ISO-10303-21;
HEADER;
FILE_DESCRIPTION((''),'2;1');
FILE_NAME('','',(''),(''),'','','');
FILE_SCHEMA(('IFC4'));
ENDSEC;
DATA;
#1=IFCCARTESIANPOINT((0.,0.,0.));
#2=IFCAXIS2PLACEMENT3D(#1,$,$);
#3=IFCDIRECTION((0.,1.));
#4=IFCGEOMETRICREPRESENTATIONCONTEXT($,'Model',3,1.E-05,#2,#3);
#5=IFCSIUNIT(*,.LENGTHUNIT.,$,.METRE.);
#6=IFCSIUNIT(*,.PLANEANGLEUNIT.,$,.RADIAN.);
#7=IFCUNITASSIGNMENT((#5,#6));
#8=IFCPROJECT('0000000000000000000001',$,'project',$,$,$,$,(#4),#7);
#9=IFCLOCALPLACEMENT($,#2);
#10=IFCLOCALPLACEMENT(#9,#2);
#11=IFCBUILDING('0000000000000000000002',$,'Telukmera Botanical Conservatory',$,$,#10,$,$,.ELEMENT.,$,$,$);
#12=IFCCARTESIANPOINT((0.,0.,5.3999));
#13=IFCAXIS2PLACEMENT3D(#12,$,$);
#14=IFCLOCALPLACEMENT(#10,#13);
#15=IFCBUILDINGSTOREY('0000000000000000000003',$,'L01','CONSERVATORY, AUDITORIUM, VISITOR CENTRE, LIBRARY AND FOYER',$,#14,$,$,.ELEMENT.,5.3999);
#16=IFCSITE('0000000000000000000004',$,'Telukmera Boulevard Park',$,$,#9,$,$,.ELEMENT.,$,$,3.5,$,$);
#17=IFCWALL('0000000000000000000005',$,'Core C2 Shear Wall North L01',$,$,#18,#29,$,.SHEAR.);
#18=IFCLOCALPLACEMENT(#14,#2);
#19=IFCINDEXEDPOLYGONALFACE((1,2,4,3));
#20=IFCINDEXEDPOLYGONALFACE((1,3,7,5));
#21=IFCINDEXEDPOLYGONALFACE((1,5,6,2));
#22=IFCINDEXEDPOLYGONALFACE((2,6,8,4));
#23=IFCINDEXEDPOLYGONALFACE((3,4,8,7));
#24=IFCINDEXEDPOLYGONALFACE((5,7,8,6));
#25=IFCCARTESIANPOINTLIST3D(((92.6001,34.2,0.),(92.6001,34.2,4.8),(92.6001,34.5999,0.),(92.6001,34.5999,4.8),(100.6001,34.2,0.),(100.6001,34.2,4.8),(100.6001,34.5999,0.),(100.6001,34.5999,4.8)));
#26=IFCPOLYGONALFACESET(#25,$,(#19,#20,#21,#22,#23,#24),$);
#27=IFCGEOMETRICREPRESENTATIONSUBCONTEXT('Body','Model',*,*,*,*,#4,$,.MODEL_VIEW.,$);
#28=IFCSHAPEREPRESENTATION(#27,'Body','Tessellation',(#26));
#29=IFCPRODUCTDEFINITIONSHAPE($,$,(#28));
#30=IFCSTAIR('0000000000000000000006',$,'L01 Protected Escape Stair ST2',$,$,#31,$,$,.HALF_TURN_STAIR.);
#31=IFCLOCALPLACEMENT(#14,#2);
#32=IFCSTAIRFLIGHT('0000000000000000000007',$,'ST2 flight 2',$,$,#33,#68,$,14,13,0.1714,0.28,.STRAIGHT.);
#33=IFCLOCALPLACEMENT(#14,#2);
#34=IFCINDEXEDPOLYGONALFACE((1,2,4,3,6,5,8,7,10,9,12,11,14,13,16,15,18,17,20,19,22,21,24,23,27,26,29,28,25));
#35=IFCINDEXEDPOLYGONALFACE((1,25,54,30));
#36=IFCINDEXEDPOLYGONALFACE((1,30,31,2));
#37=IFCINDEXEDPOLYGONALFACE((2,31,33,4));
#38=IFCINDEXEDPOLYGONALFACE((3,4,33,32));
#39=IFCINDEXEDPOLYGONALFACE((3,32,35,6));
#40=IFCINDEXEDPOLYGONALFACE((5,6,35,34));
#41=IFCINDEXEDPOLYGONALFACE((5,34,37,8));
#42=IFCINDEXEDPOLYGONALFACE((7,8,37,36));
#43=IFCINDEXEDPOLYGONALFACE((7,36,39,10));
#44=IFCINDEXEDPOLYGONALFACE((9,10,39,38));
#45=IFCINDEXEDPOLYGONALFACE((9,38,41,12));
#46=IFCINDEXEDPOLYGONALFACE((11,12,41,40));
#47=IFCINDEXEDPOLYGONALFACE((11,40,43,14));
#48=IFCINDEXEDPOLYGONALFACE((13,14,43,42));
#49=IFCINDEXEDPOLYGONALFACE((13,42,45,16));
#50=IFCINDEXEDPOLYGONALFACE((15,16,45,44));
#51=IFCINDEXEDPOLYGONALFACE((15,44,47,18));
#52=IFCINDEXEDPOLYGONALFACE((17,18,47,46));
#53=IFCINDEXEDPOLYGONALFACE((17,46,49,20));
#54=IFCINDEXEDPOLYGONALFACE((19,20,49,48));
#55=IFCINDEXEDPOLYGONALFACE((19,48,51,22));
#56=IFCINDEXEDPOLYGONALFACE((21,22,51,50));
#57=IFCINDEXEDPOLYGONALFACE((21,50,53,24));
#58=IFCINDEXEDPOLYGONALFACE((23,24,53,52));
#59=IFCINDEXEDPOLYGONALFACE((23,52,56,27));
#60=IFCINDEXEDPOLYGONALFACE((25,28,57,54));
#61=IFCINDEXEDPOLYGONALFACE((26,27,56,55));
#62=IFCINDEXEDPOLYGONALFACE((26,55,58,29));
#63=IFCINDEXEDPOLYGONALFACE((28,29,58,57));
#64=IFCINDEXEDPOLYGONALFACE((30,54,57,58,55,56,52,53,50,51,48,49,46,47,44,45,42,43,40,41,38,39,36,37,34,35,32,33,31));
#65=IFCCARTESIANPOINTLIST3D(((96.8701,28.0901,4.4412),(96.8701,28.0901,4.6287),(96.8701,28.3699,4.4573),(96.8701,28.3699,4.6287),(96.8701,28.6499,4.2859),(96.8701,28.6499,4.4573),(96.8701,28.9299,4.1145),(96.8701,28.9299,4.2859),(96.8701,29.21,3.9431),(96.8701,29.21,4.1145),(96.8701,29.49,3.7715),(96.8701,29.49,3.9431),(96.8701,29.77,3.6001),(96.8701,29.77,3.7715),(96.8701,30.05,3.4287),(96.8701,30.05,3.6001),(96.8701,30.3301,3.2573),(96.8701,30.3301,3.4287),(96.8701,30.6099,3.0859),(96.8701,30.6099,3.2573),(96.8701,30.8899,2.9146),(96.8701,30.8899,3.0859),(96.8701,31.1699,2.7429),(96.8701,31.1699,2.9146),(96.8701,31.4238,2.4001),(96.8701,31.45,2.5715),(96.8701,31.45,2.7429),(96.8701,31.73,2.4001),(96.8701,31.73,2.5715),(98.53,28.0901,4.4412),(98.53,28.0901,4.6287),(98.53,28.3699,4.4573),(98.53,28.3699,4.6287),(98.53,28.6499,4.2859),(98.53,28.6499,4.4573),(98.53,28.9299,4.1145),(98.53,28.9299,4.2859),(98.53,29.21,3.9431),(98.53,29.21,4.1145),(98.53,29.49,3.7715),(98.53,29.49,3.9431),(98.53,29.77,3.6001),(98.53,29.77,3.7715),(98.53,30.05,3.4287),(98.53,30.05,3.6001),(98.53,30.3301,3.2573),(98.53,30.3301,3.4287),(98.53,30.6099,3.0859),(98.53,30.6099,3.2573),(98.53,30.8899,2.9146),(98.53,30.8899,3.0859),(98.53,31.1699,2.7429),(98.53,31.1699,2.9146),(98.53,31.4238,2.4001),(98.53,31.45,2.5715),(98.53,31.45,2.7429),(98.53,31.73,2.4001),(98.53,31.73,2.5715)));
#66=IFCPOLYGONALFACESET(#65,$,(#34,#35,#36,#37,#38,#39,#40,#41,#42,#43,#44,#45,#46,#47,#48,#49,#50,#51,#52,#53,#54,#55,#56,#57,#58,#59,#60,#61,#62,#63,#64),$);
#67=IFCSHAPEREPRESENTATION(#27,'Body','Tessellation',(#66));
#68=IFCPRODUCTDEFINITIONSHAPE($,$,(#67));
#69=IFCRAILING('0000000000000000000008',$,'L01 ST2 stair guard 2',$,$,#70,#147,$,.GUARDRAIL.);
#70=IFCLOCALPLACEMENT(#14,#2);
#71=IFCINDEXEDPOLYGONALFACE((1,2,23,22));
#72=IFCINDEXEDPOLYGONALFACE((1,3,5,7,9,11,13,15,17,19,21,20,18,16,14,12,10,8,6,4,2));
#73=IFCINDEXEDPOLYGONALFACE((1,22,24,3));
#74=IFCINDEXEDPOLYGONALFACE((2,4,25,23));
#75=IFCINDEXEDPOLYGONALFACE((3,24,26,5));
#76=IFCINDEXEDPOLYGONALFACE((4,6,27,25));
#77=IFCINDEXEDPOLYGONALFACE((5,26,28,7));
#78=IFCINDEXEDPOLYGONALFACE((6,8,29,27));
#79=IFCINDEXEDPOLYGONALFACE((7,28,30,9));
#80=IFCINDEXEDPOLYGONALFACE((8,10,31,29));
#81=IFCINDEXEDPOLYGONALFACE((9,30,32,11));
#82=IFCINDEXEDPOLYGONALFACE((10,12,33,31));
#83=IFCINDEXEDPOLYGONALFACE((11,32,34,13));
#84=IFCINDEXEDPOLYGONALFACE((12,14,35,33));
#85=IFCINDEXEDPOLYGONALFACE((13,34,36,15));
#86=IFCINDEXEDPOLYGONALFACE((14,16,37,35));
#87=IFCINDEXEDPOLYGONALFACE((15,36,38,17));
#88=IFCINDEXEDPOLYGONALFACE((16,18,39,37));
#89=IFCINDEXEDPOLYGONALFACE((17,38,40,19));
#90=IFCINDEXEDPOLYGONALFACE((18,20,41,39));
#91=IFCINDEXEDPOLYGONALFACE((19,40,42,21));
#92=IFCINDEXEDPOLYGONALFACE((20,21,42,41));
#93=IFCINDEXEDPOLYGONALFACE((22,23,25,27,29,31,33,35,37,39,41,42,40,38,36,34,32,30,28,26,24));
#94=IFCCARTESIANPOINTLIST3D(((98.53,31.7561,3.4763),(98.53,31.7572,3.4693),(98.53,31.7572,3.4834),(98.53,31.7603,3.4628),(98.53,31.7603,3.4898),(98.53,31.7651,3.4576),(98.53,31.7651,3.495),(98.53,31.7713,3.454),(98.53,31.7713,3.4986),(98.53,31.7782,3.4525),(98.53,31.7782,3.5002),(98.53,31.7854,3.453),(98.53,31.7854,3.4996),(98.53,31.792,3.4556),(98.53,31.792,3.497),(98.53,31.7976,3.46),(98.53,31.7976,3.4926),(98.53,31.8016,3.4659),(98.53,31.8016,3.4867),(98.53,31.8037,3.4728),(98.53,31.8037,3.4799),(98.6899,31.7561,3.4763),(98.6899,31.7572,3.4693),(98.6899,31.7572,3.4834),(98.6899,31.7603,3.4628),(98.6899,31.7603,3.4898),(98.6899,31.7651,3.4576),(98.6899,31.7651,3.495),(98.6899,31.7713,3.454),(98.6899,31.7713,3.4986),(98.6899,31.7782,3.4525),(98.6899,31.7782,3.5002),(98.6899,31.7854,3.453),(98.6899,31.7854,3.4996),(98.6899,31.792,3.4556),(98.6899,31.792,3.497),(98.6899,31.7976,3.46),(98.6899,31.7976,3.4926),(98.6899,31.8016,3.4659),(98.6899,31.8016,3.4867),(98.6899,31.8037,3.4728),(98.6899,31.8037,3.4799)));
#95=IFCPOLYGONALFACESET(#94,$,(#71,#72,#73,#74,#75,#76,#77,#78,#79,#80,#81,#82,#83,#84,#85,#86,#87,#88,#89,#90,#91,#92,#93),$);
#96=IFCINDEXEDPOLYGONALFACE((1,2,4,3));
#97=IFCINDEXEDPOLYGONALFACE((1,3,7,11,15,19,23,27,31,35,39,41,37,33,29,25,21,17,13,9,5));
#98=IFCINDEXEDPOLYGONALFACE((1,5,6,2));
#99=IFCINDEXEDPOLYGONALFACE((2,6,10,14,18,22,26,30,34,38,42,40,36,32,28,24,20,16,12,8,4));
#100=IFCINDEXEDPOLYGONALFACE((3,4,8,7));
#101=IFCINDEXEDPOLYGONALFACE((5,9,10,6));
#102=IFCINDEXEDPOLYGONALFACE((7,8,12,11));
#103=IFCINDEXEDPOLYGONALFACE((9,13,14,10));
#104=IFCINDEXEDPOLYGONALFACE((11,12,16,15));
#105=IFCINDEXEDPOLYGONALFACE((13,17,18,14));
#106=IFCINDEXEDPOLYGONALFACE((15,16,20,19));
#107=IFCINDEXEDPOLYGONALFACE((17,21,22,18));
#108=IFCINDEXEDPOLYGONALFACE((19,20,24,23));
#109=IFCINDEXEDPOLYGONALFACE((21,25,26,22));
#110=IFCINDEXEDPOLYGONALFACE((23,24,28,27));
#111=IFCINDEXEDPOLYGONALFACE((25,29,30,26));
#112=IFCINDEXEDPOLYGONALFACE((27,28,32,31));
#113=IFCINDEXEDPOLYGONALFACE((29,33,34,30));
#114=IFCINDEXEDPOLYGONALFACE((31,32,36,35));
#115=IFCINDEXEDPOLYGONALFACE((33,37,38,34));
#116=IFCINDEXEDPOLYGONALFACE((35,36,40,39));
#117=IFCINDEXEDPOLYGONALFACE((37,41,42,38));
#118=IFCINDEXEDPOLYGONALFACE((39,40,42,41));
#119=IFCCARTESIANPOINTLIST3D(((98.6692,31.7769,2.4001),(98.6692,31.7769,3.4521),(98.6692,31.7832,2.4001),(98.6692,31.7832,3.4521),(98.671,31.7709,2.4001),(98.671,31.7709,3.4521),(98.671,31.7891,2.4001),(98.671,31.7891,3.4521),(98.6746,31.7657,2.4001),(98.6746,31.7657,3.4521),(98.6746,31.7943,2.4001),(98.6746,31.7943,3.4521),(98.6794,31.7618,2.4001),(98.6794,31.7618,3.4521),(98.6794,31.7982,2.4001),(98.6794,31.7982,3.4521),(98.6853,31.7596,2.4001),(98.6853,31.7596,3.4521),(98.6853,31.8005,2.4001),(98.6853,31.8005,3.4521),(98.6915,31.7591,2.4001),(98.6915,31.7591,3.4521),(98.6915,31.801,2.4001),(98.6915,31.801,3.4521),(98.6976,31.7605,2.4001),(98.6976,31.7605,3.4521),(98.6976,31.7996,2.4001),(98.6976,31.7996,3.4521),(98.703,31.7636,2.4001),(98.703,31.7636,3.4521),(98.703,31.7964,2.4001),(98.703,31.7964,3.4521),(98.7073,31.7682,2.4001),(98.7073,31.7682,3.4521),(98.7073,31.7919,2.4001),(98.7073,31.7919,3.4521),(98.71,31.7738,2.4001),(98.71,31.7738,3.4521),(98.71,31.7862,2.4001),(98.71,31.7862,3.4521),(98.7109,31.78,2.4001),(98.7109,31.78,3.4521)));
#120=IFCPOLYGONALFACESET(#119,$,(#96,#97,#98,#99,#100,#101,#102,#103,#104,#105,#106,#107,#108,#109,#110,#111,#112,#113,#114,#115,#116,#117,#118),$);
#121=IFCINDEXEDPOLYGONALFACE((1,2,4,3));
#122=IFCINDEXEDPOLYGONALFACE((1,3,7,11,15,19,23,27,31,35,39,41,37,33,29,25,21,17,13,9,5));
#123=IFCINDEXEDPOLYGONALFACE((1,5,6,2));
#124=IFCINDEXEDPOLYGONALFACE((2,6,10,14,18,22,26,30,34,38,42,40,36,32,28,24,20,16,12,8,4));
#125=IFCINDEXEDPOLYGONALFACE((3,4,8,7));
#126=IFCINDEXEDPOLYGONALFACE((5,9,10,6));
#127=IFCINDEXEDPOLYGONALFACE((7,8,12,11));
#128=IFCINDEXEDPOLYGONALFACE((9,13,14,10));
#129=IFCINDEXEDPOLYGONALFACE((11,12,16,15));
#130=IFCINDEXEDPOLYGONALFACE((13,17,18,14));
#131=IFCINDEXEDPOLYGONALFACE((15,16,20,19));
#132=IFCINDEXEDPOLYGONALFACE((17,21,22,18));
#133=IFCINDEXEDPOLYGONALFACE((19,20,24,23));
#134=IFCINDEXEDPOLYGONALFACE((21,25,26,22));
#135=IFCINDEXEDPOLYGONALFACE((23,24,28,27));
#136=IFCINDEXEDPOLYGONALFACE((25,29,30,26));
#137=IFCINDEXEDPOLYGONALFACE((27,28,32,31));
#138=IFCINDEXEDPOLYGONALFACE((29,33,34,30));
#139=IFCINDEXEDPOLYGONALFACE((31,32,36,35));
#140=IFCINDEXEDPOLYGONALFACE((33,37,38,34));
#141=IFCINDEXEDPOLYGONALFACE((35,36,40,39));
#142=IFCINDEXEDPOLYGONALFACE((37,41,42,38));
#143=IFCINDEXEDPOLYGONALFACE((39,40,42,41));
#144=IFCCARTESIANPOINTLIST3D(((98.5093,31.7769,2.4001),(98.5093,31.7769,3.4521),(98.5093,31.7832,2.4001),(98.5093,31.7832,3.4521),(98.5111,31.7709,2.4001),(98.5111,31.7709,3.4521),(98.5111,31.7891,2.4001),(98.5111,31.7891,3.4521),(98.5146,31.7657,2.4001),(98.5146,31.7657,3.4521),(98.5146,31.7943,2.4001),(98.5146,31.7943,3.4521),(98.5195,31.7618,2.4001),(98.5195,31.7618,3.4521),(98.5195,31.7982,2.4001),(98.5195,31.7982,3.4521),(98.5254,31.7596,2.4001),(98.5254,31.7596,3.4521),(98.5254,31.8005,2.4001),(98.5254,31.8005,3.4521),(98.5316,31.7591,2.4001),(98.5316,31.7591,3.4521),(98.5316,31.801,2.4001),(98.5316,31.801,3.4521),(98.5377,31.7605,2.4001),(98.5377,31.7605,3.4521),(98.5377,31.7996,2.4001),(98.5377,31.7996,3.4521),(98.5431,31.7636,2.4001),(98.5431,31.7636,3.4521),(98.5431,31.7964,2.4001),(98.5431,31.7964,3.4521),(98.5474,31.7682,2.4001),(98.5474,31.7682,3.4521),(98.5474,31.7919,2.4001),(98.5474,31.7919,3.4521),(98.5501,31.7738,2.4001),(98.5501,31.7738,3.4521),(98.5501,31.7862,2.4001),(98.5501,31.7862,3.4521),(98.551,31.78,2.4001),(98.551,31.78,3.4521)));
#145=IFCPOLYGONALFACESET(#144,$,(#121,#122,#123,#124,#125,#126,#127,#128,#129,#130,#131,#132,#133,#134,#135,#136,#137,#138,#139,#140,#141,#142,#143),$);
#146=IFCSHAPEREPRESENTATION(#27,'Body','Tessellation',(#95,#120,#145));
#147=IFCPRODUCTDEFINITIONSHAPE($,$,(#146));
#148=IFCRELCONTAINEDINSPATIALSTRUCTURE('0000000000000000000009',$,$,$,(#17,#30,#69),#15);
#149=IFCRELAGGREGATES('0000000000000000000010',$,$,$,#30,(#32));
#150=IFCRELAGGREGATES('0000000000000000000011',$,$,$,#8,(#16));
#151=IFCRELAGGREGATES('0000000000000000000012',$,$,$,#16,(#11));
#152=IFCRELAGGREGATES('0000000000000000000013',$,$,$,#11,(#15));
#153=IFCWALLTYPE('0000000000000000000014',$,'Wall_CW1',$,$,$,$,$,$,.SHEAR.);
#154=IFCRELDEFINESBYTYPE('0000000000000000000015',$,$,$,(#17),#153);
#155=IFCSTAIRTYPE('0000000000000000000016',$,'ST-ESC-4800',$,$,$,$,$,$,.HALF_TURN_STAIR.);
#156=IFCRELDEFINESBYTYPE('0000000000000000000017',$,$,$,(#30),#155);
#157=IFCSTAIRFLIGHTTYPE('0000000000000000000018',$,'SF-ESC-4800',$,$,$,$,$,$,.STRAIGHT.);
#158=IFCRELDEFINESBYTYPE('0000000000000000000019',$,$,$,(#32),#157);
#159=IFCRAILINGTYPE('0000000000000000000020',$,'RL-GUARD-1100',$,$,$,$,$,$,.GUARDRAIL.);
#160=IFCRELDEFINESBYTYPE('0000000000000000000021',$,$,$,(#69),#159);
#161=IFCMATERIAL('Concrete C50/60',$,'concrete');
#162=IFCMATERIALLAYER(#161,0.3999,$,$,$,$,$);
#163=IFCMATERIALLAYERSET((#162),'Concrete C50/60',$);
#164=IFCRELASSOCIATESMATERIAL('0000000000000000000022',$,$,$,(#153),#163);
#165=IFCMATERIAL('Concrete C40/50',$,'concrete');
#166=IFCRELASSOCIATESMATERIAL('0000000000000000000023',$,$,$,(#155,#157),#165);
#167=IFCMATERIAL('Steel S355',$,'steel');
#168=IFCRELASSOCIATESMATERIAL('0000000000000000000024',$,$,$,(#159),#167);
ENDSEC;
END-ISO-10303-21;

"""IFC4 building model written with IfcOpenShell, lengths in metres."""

from ifc_helpers import new_model, si_unit, direction, frame, frame_2d, origin, origin_2d, place, context, subcontext, project, spatial, polyline, rectangle, circle, outline, extrude, material, layer, layer_set, type_object, element, aggregate, save


model = new_model("IFC4")

# Units and contexts
model_context = context("Model", 3, precision=1e-05, world=origin(), true_north=direction((0.0, 1.0)))
body_context = subcontext(model_context, "Body", "Model", "MODEL_VIEW")
ifc_project = project(units=[si_unit("LENGTHUNIT", "METRE"), si_unit("PLANEANGLEUNIT", "RADIAN")], contexts=[model_context])

# Site, building, storey
site_placement = place(None, origin())
site = spatial("IfcSite", under=ifc_project, at=site_placement, Name="Telukmera Boulevard Park", CompositionType="ELEMENT", RefElevation=3.5)
building_placement = place(site_placement, origin())
building = spatial("IfcBuilding", under=site, at=building_placement, Name="Telukmera Botanical Conservatory", CompositionType="ELEMENT")
storey_placement = place(building_placement, frame((0.0, 0.0, 5.3999)))
storey = spatial("IfcBuildingStorey", under=building, at=storey_placement, Name="L01", Description="CONSERVATORY, AUDITORIUM, VISITOR CENTRE, LIBRARY AND FOYER", CompositionType="ELEMENT", Elevation=5.3999)

# Shared definitions
ifc_material_1 = material(Name="Concrete C50/60", Category="concrete")

# Shared definitions
ifc_material_2 = material(Name="Concrete C40/50", Category="concrete")

# Wall
ifc_layer_1 = layer(ifc_material_1, 0.3999)
ifc_layer_set_1 = layer_set([ifc_layer_1], Name="Concrete C50/60")
wall_type_1 = type_object("IfcWallType", Name="Wall_CW1", PredefinedType="SHEAR", material=ifc_layer_set_1)
wall_1_placement = place(storey_placement, frame((92.6001, 34.3999, 0.0), z_axis=(0.0, 0.0, 1.0), x_axis=(1.0, 0.0, 0.0)))
element("IfcWall", 1, at=wall_1_placement, inside=storey, type_object=wall_type_1, Name="Core C2 Shear Wall North L01", PredefinedType="SHEAR", context=body_context, shape_type="SweptSolid", body=[
    extrude(rectangle(XDim=8.0, YDim=0.3999, at=frame_2d((4.0, 0.0))), origin(), (0.0, 0.0, 1.0), 4.8),
])

# Stair, stair flight
stair_type = type_object("IfcStairType", Name="ST-ESC-4800", PredefinedType="HALF_TURN_STAIR", material=ifc_material_2)
stair_placement = place(storey_placement, origin())
stair = element("IfcStair", 2, at=stair_placement, inside=storey, type_object=stair_type, Name="L01 Protected Escape Stair ST2", PredefinedType="HALF_TURN_STAIR")
stair_flight_type = type_object("IfcStairFlightType", Name="SF-ESC-4800", PredefinedType="STRAIGHT", material=ifc_material_2)
stair_flight_placement = place(storey_placement, frame((97.7, 31.73, 2.4001), z_axis=(0.0, 0.0, 1.0), x_axis=(0.0, -1.0, 0.0)))
stair_flight = element("IfcStairFlight", 3, at=stair_flight_placement, type_object=stair_flight_type, Name="ST2 flight 2", NumberOfRisers=14, NumberOfTreads=13, PredefinedType="STRAIGHT", RiserHeight=0.1714, TreadLength=0.28, context=body_context, shape_type="SweptSolid", body=[
    extrude(outline(polyline([(0.0, 0.0), (0.0, 0.1714), (0.28, 0.1714), (0.28, 0.3428), (0.5601, 0.3428), (0.5601, 0.5144), (0.8401, 0.5144), (0.8401, 0.6858), (1.1201, 0.6858), (1.1201, 0.8572), (1.3999, 0.8572), (1.3999, 1.0286), (1.6799, 1.0286), (1.6799, 1.2), (1.96, 1.2), (1.96, 1.3713), (2.24, 1.3713), (2.24, 1.543), (2.52, 1.543), (2.52, 1.7144), (2.8, 1.7144), (2.8, 1.8857), (3.0801, 1.8857), (3.0801, 2.0571), (3.3601, 2.0571), (3.3601, 2.2285), (3.6399, 2.2285), (3.6399, 2.3999), (3.6399, 2.041), (0.3062, 0.0), (0.0, 0.0)])), frame((0.0, 0.8301, 0.0), z_axis=(0.0, -1.0, 0.0), x_axis=(1.0, 0.0, 0.0)), (0.0, 0.0, 1.0), 1.6599),
])
aggregate(stair, [stair_flight])

# Railing
ifc_material_3 = material(Name="Steel S355", Category="steel")
railing_type_1 = type_object("IfcRailingType", Name="RL-GUARD-1100", PredefinedType="GUARDRAIL", material=ifc_material_3)
railing_1_placement = place(storey_placement, frame((98.6899, 31.78, 2.4001)))
element("IfcRailing", 4, at=railing_1_placement, inside=storey, type_object=railing_type_1, Name="L01 ST2 stair guard 2", PredefinedType="GUARDRAIL", context=body_context, shape_type="SweptSolid", body=[
    extrude(circle(Radius=0.0239, at=origin_2d()), frame((0.0, 0.0, 1.0762), z_axis=(-1.0, 0.0, 0.0), x_axis=(0.0, -1.0, 0.0)), (0.0, 0.0, 1.0), 0.1599),
    extrude(circle(Radius=0.021, at=origin_2d()), origin(), (0.0, 0.0, 1.0), 1.052),
    extrude(circle(Radius=0.021, at=origin_2d()), frame((-0.1599, 0.0, 0.0)), (0.0, 0.0, 1.0), 1.052),
])

save(model, "model.ifc")
